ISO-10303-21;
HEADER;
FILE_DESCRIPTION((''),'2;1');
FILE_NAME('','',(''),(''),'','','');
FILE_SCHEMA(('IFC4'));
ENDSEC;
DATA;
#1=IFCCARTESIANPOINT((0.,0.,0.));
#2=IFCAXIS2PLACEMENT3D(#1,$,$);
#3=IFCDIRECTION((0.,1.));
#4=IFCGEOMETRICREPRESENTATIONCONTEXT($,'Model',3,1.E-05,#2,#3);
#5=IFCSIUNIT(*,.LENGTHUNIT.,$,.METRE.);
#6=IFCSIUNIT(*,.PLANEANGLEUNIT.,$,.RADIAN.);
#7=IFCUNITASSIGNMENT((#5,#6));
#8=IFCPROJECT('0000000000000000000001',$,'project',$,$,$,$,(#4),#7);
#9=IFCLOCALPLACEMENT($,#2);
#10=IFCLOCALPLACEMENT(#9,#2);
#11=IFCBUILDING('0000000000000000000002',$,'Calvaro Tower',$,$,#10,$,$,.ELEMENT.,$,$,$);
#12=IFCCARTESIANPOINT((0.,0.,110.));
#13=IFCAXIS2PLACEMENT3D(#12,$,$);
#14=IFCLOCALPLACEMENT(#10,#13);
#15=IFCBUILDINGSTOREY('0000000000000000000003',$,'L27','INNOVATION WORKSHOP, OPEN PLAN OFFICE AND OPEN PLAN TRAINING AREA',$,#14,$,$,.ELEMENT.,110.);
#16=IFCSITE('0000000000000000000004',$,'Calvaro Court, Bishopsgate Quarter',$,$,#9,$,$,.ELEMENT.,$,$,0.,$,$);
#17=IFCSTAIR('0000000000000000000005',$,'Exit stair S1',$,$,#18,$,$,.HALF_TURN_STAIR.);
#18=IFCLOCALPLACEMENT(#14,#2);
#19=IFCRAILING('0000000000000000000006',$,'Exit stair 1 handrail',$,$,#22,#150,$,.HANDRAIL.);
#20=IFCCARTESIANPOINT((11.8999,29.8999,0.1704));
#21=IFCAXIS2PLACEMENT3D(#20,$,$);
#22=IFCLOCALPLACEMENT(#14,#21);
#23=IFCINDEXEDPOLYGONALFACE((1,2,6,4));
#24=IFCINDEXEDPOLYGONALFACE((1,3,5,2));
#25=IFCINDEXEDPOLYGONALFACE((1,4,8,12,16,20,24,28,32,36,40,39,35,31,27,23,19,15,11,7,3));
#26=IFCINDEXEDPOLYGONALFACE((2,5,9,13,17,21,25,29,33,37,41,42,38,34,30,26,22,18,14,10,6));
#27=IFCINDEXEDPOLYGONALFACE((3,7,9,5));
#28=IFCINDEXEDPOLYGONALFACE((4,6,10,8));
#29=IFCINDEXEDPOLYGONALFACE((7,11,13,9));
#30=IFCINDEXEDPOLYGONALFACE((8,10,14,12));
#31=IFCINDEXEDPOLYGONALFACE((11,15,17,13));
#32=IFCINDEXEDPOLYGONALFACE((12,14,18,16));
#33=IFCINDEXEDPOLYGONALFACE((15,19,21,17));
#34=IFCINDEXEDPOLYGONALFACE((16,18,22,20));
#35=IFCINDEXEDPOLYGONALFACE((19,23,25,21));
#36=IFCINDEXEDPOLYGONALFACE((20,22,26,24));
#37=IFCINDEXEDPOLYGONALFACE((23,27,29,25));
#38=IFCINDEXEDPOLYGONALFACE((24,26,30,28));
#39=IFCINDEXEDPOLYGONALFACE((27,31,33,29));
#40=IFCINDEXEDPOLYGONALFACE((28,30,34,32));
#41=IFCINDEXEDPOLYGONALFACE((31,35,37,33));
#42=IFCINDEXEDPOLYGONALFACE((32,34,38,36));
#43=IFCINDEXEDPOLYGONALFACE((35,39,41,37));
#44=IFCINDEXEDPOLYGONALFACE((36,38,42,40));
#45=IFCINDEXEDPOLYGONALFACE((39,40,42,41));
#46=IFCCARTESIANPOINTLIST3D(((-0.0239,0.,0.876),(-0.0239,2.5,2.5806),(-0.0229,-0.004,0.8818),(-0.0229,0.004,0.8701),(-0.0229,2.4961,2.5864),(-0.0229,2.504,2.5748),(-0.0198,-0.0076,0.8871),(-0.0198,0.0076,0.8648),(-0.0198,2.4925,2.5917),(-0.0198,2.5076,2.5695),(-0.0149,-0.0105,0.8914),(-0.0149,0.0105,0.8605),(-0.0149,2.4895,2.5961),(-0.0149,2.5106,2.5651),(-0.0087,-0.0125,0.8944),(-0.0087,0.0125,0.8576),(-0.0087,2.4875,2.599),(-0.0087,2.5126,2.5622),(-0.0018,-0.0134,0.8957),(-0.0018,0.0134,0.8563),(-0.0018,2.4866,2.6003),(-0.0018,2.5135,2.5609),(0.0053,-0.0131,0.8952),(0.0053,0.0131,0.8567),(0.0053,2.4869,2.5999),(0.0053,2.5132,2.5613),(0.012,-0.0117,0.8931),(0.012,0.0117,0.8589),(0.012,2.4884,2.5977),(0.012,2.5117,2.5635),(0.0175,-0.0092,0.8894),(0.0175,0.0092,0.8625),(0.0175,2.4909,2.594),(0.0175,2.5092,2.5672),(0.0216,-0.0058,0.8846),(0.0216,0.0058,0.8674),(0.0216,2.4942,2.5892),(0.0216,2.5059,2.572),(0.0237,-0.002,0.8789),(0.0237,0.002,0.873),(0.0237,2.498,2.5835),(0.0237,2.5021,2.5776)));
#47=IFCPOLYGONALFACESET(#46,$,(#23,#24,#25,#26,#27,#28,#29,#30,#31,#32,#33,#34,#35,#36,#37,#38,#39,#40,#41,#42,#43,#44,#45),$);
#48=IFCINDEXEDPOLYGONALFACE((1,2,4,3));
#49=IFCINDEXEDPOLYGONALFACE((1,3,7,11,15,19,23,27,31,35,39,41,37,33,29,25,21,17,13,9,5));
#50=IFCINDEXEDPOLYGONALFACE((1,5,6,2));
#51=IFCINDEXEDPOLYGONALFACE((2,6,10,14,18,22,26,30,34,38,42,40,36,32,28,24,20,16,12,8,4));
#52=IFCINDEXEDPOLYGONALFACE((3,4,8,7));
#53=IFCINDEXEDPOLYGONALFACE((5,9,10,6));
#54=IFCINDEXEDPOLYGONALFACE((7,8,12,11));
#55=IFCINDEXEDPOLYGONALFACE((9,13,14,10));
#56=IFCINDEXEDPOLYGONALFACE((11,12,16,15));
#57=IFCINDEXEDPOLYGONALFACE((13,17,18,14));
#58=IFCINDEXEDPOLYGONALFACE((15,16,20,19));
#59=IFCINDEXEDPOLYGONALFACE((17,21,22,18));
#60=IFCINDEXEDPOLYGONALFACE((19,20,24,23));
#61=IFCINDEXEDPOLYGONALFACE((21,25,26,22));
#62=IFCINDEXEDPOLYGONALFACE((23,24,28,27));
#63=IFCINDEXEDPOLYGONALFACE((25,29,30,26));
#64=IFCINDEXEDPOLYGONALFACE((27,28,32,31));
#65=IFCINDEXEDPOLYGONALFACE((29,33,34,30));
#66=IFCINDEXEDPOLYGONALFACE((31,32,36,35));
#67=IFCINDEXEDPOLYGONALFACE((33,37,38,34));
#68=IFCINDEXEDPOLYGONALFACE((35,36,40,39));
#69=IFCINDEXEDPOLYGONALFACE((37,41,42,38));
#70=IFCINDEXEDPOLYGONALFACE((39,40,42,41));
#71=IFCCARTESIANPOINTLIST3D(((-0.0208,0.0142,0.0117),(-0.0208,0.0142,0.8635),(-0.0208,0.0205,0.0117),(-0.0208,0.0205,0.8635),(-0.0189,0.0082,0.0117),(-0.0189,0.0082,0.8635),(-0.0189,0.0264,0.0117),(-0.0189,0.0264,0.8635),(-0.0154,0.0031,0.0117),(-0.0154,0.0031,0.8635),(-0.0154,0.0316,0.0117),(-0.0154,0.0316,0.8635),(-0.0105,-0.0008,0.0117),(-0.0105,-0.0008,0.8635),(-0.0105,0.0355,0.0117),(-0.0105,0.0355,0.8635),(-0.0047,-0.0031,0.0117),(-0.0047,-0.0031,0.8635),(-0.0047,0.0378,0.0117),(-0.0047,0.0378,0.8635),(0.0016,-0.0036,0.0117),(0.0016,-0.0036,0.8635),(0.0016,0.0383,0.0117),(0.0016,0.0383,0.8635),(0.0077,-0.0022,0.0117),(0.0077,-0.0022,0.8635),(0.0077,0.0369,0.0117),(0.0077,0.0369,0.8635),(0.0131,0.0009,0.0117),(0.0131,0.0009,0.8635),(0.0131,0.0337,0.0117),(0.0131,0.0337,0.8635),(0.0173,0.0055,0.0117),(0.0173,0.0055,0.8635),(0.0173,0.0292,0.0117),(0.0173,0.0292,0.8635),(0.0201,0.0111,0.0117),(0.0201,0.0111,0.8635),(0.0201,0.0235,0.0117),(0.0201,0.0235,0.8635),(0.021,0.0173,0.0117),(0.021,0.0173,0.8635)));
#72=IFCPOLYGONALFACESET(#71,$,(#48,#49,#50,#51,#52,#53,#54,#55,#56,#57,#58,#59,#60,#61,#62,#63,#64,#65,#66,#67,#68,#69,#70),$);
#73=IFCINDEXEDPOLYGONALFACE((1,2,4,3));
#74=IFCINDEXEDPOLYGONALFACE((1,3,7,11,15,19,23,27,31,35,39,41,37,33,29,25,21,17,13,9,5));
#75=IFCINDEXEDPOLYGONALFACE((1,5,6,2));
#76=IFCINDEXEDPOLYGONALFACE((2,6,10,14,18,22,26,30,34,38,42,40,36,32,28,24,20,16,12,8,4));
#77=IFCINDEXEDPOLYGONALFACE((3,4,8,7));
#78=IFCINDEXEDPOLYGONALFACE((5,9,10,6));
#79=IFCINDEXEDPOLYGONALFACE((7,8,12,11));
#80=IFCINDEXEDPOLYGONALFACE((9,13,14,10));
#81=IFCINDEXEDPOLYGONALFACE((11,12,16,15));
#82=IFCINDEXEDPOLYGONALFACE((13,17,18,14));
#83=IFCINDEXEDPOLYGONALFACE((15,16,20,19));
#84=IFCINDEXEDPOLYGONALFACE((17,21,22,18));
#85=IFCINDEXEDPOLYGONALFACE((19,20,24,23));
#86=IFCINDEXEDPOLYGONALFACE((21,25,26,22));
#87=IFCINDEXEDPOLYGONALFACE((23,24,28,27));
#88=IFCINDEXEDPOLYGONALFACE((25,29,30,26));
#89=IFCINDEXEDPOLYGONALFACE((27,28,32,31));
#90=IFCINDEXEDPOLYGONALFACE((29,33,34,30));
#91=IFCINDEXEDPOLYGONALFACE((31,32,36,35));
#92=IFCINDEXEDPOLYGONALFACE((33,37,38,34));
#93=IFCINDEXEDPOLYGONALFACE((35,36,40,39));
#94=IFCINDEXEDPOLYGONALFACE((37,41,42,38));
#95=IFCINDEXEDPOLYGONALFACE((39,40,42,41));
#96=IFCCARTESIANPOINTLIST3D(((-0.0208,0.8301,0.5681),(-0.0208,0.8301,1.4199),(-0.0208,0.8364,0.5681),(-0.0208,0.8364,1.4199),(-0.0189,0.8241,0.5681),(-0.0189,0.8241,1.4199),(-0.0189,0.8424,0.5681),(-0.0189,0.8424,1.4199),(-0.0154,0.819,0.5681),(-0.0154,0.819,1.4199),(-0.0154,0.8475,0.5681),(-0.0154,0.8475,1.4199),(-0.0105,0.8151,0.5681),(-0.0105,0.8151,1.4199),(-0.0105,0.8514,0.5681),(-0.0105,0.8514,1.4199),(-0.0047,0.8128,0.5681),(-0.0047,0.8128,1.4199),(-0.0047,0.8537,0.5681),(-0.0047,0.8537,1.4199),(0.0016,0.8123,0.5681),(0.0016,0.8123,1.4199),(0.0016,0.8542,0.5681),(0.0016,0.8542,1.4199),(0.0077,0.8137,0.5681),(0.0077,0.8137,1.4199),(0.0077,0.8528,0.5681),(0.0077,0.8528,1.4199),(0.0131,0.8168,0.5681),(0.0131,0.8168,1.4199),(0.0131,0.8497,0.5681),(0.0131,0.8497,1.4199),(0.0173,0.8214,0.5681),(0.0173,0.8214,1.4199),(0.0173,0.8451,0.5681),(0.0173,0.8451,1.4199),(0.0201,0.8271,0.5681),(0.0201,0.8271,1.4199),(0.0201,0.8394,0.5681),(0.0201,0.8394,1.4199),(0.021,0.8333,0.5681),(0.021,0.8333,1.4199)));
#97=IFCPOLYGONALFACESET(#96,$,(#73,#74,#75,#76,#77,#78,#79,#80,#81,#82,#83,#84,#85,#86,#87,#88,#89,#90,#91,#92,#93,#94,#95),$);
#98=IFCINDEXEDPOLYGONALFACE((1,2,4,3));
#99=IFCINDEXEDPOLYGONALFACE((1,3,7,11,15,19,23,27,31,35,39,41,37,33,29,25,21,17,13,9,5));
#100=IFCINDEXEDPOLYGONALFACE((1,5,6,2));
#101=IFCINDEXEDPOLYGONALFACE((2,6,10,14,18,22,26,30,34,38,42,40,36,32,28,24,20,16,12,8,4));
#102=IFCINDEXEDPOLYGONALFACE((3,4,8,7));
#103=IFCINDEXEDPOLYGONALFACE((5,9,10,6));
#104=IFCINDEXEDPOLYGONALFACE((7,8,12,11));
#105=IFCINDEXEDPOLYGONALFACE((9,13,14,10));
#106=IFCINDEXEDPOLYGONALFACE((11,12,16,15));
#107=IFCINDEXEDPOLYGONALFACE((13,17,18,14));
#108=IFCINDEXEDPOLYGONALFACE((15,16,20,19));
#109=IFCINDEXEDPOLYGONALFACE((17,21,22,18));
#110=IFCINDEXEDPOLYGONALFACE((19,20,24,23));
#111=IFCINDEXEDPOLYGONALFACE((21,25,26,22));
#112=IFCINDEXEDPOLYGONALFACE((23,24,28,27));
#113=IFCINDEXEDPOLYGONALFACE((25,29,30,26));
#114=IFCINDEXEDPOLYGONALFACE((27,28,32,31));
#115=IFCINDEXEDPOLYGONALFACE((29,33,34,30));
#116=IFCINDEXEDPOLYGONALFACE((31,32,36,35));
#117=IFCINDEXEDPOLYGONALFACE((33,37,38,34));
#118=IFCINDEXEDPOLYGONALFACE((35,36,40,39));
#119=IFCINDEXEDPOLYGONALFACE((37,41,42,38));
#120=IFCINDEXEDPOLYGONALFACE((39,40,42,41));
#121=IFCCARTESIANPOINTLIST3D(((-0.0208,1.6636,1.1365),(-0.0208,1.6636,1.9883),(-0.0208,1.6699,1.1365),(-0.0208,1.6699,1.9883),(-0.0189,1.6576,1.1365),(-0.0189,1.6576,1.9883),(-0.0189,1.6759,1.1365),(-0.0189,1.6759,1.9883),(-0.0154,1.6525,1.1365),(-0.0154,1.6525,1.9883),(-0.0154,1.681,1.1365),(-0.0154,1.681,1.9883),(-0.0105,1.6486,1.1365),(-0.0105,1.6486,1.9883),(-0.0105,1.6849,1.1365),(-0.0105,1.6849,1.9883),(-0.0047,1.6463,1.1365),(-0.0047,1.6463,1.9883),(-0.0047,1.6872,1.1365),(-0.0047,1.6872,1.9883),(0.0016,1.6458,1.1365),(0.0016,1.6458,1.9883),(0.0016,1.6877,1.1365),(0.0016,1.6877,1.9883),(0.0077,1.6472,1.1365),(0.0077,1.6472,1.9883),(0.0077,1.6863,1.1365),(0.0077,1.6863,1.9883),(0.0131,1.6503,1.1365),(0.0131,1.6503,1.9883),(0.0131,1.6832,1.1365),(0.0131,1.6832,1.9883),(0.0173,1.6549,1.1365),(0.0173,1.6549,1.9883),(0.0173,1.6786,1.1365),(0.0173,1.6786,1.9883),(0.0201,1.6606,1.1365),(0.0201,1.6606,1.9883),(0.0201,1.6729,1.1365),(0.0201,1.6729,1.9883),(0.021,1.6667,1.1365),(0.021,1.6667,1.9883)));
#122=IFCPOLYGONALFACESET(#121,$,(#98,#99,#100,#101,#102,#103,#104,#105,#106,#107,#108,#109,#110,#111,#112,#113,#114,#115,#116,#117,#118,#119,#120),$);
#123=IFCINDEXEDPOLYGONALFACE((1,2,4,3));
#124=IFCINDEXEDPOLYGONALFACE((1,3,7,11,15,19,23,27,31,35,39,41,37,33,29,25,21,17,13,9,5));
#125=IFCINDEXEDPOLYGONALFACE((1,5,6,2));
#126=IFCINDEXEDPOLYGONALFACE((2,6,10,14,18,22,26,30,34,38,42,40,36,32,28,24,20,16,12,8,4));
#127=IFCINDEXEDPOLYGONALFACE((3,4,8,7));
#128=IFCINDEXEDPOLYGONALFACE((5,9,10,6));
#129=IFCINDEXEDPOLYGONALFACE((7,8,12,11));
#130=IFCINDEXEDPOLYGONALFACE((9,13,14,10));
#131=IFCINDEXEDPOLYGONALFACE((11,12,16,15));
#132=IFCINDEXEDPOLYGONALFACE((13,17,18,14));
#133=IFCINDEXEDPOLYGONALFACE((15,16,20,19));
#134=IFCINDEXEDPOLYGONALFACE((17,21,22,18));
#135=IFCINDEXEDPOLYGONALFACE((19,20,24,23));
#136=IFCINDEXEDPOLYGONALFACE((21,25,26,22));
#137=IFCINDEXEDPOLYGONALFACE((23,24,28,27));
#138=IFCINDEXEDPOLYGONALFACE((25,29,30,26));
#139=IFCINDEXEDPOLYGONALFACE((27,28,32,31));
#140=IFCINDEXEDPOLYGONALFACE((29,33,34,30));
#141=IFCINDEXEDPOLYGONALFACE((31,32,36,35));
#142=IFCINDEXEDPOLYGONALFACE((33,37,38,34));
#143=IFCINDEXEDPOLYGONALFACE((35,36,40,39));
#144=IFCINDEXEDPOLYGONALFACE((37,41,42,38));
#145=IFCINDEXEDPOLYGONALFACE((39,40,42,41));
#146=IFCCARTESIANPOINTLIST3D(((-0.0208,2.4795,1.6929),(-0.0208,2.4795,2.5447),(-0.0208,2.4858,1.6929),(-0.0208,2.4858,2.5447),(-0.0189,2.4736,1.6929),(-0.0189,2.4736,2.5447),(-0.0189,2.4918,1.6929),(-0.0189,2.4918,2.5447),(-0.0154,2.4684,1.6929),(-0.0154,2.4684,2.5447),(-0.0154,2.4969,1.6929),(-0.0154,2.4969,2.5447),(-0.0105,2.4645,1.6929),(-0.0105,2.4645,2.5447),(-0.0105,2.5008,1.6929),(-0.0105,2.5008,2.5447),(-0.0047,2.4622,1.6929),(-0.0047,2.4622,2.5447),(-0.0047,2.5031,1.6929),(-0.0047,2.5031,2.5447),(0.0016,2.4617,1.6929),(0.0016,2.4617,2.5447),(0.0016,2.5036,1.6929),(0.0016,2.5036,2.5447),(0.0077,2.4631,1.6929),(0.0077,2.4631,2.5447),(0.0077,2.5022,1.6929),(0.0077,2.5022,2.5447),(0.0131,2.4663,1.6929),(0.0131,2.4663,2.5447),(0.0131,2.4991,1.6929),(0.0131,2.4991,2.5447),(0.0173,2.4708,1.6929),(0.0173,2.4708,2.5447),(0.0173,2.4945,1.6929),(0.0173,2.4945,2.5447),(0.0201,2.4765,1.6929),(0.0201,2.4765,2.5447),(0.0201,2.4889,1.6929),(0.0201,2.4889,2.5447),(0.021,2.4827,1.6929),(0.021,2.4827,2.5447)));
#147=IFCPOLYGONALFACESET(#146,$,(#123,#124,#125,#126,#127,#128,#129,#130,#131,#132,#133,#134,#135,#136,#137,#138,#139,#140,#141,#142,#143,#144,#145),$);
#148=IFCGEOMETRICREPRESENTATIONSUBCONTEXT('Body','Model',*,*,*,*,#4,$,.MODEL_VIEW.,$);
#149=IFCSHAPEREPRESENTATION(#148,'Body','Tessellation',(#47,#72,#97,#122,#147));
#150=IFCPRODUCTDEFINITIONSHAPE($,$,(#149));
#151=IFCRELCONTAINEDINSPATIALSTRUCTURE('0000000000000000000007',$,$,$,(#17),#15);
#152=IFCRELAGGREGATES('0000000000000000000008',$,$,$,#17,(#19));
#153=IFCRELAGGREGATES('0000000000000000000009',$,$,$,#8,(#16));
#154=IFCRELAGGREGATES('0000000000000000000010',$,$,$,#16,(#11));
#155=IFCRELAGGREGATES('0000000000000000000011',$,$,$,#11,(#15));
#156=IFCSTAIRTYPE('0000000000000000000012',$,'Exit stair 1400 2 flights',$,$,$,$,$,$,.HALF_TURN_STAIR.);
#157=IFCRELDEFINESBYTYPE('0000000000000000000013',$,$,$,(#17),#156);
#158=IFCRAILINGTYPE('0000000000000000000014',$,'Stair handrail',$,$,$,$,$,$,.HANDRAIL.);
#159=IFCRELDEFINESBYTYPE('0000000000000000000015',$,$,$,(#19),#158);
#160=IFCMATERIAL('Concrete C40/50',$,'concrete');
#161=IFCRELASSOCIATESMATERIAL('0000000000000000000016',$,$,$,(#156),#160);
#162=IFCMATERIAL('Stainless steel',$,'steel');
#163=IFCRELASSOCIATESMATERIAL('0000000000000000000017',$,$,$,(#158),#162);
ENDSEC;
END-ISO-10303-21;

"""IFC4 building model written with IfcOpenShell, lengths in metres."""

from ifc_helpers import new_model, si_unit, direction, frame, origin, origin_2d, place, context, subcontext, project, spatial, circle, extrude, material, type_object, element, aggregate, save


model = new_model("IFC4")

# Units and contexts
model_context = context("Model", 3, precision=1e-05, world=origin(), true_north=direction((0.0, 1.0)))
body_context = subcontext(model_context, "Body", "Model", "MODEL_VIEW")
ifc_project = project(units=[si_unit("LENGTHUNIT", "METRE"), si_unit("PLANEANGLEUNIT", "RADIAN")], contexts=[model_context])

# Site, building, storey
site_placement = place(None, origin())
site = spatial("IfcSite", under=ifc_project, at=site_placement, Name="Calvaro Court, Bishopsgate Quarter", CompositionType="ELEMENT", RefElevation=0.0)
building_placement = place(site_placement, origin())
building = spatial("IfcBuilding", under=site, at=building_placement, Name="Calvaro Tower", CompositionType="ELEMENT")
storey_placement = place(building_placement, frame((0.0, 0.0, 110.0)))
storey = spatial("IfcBuildingStorey", under=building, at=storey_placement, Name="L27", Description="INNOVATION WORKSHOP, OPEN PLAN OFFICE AND OPEN PLAN TRAINING AREA", CompositionType="ELEMENT", Elevation=110.0)

# Stair, railing
ifc_material_1 = material(Name="Concrete C40/50", Category="concrete")
stair_type = type_object("IfcStairType", Name="Exit stair 1400 2 flights", PredefinedType="HALF_TURN_STAIR", material=ifc_material_1)
stair_placement = place(storey_placement, origin())
stair = element("IfcStair", 1, at=stair_placement, inside=storey, type_object=stair_type, Name="Exit stair S1", PredefinedType="HALF_TURN_STAIR")
ifc_material_2 = material(Name="Stainless steel", Category="steel")
railing_type = type_object("IfcRailingType", Name="Stair handrail", PredefinedType="HANDRAIL", material=ifc_material_2)
railing_1_placement = place(storey_placement, frame((11.8999, 29.8999, 0.1704)))
railing_1 = element("IfcRailing", 2, at=railing_1_placement, type_object=railing_type, Name="Exit stair 1 handrail", PredefinedType="HANDRAIL", context=body_context, shape_type="SweptSolid", body=[
    extrude(circle(Radius=0.0239, at=origin_2d()), frame((0.0, 0.0, 0.876), z_axis=(0.0, 0.826221, 0.563347), x_axis=(-1.0, 0.0, 0.0)), (0.0, 0.0, 1.0), 3.0259),
    extrude(circle(Radius=0.021, at=origin_2d()), frame((0.0, 0.0173, 0.0117)), (0.0, 0.0, 1.0), 0.8518),
    extrude(circle(Radius=0.021, at=origin_2d()), frame((0.0, 0.8333, 0.5681)), (0.0, 0.0, 1.0), 0.8518),
    extrude(circle(Radius=0.021, at=origin_2d()), frame((0.0, 1.6667, 1.1365)), (0.0, 0.0, 1.0), 0.8518),
    extrude(circle(Radius=0.021, at=origin_2d()), frame((0.0, 2.4827, 1.6929)), (0.0, 0.0, 1.0), 0.8518),
])
aggregate(stair, [railing_1])

save(model, "model.ifc")
